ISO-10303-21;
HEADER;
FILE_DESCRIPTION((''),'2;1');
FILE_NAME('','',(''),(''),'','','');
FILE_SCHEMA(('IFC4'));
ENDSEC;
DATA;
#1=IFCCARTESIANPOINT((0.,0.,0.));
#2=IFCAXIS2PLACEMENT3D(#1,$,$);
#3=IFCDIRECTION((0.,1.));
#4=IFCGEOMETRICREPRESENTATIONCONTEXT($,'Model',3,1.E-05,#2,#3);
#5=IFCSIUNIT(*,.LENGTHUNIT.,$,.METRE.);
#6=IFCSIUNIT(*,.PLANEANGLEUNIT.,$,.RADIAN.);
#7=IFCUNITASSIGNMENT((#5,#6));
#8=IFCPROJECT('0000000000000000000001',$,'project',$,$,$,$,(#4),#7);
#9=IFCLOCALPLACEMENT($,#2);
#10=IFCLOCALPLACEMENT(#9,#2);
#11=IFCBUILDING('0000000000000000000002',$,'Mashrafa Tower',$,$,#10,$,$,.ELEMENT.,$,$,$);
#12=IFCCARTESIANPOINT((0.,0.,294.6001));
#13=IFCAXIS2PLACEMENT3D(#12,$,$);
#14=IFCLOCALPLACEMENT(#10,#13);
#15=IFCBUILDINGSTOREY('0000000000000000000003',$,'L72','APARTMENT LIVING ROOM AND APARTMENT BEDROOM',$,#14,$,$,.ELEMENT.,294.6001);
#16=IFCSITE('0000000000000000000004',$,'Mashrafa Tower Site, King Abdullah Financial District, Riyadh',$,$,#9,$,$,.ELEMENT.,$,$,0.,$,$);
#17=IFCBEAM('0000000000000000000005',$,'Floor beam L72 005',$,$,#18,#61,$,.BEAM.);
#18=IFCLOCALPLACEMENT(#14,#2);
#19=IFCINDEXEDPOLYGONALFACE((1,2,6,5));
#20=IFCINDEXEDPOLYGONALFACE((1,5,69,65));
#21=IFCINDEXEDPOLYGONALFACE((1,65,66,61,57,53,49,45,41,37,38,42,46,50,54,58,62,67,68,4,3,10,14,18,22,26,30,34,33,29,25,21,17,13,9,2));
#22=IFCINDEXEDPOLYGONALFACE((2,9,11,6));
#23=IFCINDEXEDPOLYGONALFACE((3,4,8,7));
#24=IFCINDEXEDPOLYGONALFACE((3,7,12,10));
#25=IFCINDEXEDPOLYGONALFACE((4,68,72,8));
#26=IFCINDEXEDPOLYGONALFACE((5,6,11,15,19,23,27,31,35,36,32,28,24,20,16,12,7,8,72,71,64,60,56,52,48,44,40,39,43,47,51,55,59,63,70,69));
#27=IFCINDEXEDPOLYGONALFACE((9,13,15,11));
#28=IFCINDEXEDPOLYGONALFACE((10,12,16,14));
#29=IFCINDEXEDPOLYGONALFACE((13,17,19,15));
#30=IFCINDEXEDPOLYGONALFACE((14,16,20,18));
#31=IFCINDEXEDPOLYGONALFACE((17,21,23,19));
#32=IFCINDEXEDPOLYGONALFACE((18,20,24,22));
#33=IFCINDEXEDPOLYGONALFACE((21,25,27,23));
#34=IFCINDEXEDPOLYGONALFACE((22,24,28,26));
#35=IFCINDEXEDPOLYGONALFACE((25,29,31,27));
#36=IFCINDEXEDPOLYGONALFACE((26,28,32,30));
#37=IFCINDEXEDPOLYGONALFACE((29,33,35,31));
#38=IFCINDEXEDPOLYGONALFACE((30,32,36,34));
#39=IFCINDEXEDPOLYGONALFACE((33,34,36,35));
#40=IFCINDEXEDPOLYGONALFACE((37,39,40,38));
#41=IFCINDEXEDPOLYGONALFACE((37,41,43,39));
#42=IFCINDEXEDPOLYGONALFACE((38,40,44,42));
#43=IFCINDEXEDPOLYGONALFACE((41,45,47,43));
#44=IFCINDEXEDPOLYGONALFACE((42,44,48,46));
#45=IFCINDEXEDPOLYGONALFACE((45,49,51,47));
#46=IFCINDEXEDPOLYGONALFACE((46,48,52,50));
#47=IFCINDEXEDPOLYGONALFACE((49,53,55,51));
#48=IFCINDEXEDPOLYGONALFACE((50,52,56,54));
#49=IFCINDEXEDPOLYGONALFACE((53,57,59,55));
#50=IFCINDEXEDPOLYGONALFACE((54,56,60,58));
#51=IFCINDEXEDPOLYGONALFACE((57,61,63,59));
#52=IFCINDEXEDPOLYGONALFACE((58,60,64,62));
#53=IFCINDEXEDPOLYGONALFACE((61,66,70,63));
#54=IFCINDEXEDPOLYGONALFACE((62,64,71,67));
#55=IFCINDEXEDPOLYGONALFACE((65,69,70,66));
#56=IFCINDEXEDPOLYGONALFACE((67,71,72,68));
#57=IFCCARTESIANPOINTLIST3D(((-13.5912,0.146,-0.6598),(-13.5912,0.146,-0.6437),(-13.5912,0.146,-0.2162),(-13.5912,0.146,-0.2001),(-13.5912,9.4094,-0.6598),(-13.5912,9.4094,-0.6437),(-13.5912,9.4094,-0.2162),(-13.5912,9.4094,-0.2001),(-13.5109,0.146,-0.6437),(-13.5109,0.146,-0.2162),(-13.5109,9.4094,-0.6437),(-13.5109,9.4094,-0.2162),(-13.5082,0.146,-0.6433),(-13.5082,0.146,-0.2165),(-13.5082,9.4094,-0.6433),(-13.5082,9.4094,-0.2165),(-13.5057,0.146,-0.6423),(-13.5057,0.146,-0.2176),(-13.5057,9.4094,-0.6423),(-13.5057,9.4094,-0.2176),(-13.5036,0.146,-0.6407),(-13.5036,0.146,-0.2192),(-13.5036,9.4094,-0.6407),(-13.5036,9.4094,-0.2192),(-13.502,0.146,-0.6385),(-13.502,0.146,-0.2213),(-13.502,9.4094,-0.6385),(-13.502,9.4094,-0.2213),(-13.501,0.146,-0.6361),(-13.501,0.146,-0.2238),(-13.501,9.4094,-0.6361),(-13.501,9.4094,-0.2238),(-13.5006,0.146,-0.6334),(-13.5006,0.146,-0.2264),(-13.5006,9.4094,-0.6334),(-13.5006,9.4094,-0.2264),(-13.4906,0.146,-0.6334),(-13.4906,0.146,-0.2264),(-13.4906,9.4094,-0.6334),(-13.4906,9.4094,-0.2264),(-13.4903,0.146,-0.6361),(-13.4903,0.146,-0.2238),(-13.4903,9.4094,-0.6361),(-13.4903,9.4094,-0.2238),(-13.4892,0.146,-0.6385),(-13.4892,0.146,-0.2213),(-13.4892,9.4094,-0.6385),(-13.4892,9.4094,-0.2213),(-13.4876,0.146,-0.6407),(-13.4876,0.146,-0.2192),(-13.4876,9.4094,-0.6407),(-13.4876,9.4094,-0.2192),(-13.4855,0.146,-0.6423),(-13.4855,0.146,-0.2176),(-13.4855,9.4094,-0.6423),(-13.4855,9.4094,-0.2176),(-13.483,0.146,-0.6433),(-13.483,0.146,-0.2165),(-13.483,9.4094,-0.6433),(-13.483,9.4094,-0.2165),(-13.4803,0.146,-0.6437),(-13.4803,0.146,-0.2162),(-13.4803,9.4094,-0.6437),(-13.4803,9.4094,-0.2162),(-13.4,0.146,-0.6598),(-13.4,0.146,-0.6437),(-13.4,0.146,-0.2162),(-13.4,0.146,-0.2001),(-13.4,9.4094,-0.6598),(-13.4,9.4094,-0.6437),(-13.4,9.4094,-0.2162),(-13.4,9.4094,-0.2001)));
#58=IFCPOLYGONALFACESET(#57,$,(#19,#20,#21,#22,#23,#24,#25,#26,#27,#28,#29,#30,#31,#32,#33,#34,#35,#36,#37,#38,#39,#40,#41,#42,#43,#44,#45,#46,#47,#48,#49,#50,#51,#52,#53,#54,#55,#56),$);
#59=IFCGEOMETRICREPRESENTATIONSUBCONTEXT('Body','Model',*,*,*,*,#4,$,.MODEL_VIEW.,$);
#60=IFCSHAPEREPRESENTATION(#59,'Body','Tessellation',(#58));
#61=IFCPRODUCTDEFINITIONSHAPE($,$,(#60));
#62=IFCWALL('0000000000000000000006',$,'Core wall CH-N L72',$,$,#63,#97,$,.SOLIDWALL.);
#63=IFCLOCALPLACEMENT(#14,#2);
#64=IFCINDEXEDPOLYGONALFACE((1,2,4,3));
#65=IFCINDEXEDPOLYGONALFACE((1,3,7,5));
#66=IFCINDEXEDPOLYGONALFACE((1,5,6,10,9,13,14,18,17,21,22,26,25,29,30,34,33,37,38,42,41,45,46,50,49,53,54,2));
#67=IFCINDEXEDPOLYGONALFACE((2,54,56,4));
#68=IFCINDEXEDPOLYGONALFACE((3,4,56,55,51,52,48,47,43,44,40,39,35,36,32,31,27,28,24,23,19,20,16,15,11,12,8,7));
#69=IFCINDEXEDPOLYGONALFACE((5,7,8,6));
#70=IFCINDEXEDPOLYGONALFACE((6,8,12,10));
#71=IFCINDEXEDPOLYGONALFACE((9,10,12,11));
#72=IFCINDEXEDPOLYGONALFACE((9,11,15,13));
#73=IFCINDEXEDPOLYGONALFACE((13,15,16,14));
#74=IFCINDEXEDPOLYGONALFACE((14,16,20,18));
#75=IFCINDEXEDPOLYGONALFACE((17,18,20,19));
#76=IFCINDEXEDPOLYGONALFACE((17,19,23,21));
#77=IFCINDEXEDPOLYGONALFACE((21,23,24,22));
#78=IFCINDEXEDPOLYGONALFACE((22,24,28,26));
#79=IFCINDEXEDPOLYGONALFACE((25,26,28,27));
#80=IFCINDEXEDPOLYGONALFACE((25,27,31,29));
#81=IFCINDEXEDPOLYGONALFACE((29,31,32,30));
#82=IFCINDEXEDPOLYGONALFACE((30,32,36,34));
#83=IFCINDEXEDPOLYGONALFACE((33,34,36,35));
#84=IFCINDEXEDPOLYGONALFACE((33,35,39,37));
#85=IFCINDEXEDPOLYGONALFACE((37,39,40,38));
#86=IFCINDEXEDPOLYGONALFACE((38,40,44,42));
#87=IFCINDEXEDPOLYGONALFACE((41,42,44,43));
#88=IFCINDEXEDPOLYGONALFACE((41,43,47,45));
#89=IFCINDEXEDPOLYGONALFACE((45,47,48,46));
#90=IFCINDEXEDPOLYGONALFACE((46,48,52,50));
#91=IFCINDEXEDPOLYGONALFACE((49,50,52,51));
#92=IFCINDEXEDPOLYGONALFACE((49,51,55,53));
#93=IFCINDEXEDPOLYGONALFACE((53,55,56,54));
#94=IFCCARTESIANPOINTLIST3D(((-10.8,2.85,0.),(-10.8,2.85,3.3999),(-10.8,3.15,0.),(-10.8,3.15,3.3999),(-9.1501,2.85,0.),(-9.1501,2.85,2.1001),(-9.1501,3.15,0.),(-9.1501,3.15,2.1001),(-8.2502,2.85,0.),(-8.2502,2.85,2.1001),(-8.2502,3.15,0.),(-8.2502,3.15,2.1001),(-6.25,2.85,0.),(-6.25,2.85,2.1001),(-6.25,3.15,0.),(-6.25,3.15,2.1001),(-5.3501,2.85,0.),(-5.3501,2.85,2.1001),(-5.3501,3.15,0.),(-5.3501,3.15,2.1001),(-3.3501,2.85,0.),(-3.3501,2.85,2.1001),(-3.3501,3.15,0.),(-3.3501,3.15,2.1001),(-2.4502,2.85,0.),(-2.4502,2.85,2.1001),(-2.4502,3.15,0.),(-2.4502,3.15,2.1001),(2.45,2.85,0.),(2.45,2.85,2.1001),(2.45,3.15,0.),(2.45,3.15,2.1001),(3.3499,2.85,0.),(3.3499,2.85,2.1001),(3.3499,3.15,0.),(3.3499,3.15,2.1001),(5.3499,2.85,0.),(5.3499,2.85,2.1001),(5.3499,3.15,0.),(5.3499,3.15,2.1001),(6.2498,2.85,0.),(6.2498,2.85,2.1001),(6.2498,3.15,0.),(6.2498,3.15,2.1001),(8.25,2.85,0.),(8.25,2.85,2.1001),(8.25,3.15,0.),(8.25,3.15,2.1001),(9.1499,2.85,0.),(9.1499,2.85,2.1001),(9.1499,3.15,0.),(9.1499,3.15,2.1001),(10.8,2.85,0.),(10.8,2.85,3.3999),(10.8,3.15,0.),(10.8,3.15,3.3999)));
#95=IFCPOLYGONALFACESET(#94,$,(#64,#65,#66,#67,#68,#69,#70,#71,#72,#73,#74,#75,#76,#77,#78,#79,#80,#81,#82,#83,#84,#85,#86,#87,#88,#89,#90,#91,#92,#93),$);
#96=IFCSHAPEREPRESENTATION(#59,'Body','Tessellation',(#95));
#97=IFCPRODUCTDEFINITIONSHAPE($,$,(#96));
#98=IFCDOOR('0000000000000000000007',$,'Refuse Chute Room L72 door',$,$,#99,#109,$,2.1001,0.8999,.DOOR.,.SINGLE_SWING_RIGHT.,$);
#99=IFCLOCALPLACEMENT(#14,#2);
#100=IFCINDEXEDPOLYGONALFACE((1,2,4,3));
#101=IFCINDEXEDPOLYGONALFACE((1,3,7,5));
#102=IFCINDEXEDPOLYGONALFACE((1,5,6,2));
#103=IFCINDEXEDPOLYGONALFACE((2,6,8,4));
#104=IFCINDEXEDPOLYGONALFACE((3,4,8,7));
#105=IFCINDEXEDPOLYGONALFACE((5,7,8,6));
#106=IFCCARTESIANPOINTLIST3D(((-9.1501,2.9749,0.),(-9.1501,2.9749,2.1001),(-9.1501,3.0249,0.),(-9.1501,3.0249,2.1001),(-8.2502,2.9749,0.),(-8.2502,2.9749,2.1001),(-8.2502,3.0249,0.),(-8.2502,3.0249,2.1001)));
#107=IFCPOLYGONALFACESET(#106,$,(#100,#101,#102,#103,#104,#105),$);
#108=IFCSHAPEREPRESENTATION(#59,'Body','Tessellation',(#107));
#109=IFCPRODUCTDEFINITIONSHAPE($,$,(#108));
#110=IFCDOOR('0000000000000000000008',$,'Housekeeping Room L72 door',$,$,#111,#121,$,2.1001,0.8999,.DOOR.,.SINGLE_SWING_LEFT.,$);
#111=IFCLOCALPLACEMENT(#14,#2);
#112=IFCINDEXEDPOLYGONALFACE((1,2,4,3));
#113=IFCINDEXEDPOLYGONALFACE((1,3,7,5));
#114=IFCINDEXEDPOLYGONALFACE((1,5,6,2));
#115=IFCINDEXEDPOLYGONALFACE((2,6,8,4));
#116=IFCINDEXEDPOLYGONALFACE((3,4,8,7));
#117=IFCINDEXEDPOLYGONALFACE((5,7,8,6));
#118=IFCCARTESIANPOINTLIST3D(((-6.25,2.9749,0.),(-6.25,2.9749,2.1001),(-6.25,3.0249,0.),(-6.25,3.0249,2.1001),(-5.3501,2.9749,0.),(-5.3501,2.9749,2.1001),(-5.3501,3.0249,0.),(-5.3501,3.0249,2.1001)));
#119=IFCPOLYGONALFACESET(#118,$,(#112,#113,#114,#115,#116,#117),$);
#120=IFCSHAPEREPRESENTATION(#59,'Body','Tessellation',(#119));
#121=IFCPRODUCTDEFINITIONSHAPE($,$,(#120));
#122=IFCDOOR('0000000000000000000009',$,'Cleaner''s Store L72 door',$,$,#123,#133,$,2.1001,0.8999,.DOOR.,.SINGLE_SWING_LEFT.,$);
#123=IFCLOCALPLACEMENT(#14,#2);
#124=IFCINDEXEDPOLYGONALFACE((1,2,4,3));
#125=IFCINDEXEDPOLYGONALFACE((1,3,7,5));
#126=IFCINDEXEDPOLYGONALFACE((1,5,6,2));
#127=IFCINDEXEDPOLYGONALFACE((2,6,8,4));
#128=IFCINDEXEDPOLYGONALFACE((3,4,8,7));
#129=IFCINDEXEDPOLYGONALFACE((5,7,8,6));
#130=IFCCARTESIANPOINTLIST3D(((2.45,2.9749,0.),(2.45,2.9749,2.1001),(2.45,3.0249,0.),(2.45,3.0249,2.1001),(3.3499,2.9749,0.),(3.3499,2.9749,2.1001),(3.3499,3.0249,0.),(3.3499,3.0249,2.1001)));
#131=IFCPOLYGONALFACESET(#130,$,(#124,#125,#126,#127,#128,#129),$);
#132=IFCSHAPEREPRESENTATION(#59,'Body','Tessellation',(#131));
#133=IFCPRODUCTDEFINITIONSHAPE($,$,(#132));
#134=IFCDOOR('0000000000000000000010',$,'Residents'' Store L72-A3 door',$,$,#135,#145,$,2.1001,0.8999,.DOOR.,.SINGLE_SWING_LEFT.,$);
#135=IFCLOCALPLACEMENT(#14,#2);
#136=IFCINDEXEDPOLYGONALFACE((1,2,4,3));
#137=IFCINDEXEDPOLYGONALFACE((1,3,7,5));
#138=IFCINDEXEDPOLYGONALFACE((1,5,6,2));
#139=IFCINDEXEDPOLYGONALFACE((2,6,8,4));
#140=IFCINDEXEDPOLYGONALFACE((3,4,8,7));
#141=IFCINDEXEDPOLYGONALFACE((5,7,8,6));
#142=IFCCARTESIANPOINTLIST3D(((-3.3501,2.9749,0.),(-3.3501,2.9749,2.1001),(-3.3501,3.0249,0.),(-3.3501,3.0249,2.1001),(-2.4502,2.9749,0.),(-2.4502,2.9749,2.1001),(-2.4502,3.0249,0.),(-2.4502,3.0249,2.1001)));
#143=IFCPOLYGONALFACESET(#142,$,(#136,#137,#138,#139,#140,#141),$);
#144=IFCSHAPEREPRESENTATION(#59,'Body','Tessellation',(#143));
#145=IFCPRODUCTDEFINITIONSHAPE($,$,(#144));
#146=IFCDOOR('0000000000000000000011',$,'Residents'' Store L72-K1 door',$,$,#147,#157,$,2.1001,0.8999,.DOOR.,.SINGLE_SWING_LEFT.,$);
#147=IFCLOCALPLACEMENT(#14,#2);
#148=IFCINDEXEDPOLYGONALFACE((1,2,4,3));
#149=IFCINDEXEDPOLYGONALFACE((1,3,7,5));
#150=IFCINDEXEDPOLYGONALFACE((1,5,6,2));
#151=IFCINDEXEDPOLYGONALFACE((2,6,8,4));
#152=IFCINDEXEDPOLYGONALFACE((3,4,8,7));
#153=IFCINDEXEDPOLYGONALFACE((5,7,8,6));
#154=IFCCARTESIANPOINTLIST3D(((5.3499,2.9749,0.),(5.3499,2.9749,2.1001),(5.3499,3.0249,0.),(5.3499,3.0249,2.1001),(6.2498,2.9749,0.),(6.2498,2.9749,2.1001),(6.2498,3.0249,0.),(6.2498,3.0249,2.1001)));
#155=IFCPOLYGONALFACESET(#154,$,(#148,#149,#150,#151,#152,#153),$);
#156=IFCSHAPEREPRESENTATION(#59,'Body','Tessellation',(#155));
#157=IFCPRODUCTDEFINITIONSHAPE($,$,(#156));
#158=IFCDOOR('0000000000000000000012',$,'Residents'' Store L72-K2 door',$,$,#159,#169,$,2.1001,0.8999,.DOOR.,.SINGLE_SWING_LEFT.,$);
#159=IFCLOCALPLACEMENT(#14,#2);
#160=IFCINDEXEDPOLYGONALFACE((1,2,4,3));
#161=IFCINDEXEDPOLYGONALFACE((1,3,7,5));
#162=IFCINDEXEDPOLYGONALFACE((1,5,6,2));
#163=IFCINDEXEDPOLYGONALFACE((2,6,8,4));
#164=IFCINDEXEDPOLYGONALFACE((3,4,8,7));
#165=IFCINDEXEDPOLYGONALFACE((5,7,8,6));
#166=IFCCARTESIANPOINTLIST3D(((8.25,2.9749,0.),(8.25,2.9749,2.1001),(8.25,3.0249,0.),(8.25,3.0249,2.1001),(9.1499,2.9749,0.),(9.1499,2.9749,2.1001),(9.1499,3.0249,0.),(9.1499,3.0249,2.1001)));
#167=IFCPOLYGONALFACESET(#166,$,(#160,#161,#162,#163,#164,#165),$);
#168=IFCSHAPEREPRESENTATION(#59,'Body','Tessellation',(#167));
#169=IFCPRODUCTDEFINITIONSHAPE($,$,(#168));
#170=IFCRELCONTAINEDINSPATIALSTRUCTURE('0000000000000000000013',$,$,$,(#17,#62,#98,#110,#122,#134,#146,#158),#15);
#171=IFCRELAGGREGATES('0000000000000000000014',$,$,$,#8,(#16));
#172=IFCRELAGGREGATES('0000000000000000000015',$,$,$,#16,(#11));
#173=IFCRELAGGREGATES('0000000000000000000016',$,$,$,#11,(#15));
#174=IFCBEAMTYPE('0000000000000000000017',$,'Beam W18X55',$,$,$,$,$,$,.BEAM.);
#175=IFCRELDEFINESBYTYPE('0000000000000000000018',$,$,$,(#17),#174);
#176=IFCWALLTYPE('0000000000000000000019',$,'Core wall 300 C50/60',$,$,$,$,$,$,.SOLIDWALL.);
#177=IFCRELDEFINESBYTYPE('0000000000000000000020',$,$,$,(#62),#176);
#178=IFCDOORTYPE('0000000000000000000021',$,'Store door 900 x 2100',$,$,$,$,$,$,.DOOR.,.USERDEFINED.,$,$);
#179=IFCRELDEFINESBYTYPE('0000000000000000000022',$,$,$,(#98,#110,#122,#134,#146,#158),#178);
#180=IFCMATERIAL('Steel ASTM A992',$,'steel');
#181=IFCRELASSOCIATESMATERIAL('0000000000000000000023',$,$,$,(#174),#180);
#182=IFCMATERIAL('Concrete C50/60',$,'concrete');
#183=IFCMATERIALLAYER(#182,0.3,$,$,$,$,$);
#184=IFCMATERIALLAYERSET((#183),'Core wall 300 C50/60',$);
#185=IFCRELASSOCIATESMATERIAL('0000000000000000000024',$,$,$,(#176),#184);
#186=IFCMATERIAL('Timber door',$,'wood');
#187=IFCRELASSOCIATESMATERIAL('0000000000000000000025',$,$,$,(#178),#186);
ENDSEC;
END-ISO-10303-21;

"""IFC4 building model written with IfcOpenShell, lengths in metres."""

from ifc_helpers import new_model, si_unit, direction, frame, frame_2d, origin, origin_2d, place, context, subcontext, project, spatial, rectangle, i_section, extrude, material, layer, layer_set, material_profile, profile_set, type_object, element, fill, save


model = new_model("IFC4")

# Units and contexts
model_context = context("Model", 3, precision=1e-05, world=origin(), true_north=direction((0.0, 1.0)))
body_context = subcontext(model_context, "Body", "Model", "MODEL_VIEW")
ifc_project = project(units=[si_unit("LENGTHUNIT", "METRE"), si_unit("PLANEANGLEUNIT", "RADIAN")], contexts=[model_context])

# Site, building, storey
site_placement = place(None, origin())
site = spatial("IfcSite", under=ifc_project, at=site_placement, Name="Mashrafa Tower Site, King Abdullah Financial District, Riyadh", CompositionType="ELEMENT", RefElevation=0.0)
building_placement = place(site_placement, origin())
building = spatial("IfcBuilding", under=site, at=building_placement, Name="Mashrafa Tower", CompositionType="ELEMENT")
storey_placement = place(building_placement, frame((0.0, 0.0, 294.6001)))
storey = spatial("IfcBuildingStorey", under=building, at=storey_placement, Name="L72", Description="APARTMENT LIVING ROOM AND APARTMENT BEDROOM", CompositionType="ELEMENT", Elevation=294.6001)

# Beam
ifc_material_1 = material(Name="Steel ASTM A992", Category="steel")
ifc_material_profile = material_profile(ifc_material_1, i_section(OverallWidth=0.1912, OverallDepth=0.4597, WebThickness=0.01, FlangeThickness=0.0161, FilletRadius=0.0103, at=origin_2d()), Name="W18X55")
ifc_profile_set = profile_set([ifc_material_profile], Name="Steel ASTM A992")
beam_type = type_object("IfcBeamType", Name="Beam W18X55", PredefinedType="BEAM", material=ifc_profile_set)
beam_placement = place(storey_placement, frame((-13.4956, 0.146, -0.4299), z_axis=(0.0, 1.0, 0.0), x_axis=(-1.0, 0.0, 0.0)))
element("IfcBeam", 1, at=beam_placement, inside=storey, type_object=beam_type, Name="Floor beam L72 005", PredefinedType="BEAM", context=body_context, shape_type="SweptSolid", body=[
    extrude(i_section(OverallWidth=0.1912, OverallDepth=0.4597, WebThickness=0.01, FlangeThickness=0.0161, FilletRadius=0.0103, at=origin_2d()), origin(), (0.0, 0.0, 1.0), 9.2634),
])

# Wall, openings, doors
ifc_material_2 = material(Name="Concrete C50/60", Category="concrete")
ifc_layer_1 = layer(ifc_material_2, 0.3)
ifc_layer_set_1 = layer_set([ifc_layer_1], Name="Core wall 300 C50/60")
wall_type_1 = type_object("IfcWallType", Name="Core wall 300 C50/60", PredefinedType="SOLIDWALL", material=ifc_layer_set_1)
wall_1_placement = place(storey_placement, frame((-10.8, 3.0, 0.0), z_axis=(0.0, 0.0, 1.0), x_axis=(1.0, 0.0, 0.0)))
wall_1 = element("IfcWall", 2, at=wall_1_placement, inside=storey, type_object=wall_type_1, Name="Core wall CH-N L72", PredefinedType="SOLIDWALL", context=body_context, shape_type="SweptSolid", body=[
    extrude(rectangle(XDim=21.6001, YDim=0.3, at=frame_2d((10.8, 0.0))), origin(), (0.0, 0.0, 1.0), 3.3999),
])
opening_1_placement = place(wall_1_placement, frame((1.6499, 0.0, 0.0)))
opening_1 = element("IfcOpeningElement", 3, at=opening_1_placement, cuts=wall_1, PredefinedType="OPENING", context=body_context, shape_type="SweptSolid", body=[
    extrude(rectangle(XDim=0.8999, YDim=2.1001, at=frame_2d((0.45, 1.05))), frame((0.0, 0.1599, 0.0), z_axis=(0.0, -1.0, 0.0), x_axis=(1.0, 0.0, 0.0)), (0.0, 0.0, 1.0), 0.3201),
])
opening_2_placement = place(wall_1_placement, frame((4.55, 0.0, 0.0)))
opening_2 = element("IfcOpeningElement", 4, at=opening_2_placement, cuts=wall_1, PredefinedType="OPENING", context=body_context, shape_type="SweptSolid", body=[
    extrude(rectangle(XDim=0.8999, YDim=2.1001, at=frame_2d((0.45, 1.05))), frame((0.0, 0.1599, 0.0), z_axis=(0.0, -1.0, 0.0), x_axis=(1.0, 0.0, 0.0)), (0.0, 0.0, 1.0), 0.3201),
])
opening_3_placement = place(wall_1_placement, frame((13.25, 0.0, 0.0)))
opening_3 = element("IfcOpeningElement", 5, at=opening_3_placement, cuts=wall_1, PredefinedType="OPENING", context=body_context, shape_type="SweptSolid", body=[
    extrude(rectangle(XDim=0.8999, YDim=2.1001, at=frame_2d((0.45, 1.05))), frame((0.0, 0.1599, 0.0), z_axis=(0.0, -1.0, 0.0), x_axis=(1.0, 0.0, 0.0)), (0.0, 0.0, 1.0), 0.3201),
])
opening_4_placement = place(wall_1_placement, frame((7.45, 0.0, 0.0)))
opening_4 = element("IfcOpeningElement", 6, at=opening_4_placement, cuts=wall_1, PredefinedType="OPENING", context=body_context, shape_type="SweptSolid", body=[
    extrude(rectangle(XDim=0.8999, YDim=2.1001, at=frame_2d((0.45, 1.05))), frame((0.0, 0.1599, 0.0), z_axis=(0.0, -1.0, 0.0), x_axis=(1.0, 0.0, 0.0)), (0.0, 0.0, 1.0), 0.3201),
])
opening_5_placement = place(wall_1_placement, frame((16.1499, 0.0, 0.0)))
opening_5 = element("IfcOpeningElement", 7, at=opening_5_placement, cuts=wall_1, PredefinedType="OPENING", context=body_context, shape_type="SweptSolid", body=[
    extrude(rectangle(XDim=0.8999, YDim=2.1001, at=frame_2d((0.45, 1.05))), frame((0.0, 0.1599, 0.0), z_axis=(0.0, -1.0, 0.0), x_axis=(1.0, 0.0, 0.0)), (0.0, 0.0, 1.0), 0.3201),
])
opening_6_placement = place(wall_1_placement, frame((19.05, 0.0, 0.0)))
opening_6 = element("IfcOpeningElement", 8, at=opening_6_placement, cuts=wall_1, PredefinedType="OPENING", context=body_context, shape_type="SweptSolid", body=[
    extrude(rectangle(XDim=0.8999, YDim=2.1001, at=frame_2d((0.45, 1.05))), frame((0.0, 0.1599, 0.0), z_axis=(0.0, -1.0, 0.0), x_axis=(1.0, 0.0, 0.0)), (0.0, 0.0, 1.0), 0.3201),
])
ifc_material_3 = material(Name="Timber door", Category="wood")
door_type_1 = type_object("IfcDoorType", Name="Store door 900 x 2100", OperationType="USERDEFINED", PredefinedType="DOOR", material=ifc_material_3)
door_1_placement = place(opening_1_placement, origin())
door_1 = element("IfcDoor", 9, at=door_1_placement, inside=storey, type_object=door_type_1, Name="Refuse Chute Room L72 door", OperationType="SINGLE_SWING_RIGHT", OverallHeight=2.1001, OverallWidth=0.8999, PredefinedType="DOOR", context=body_context, shape_type="SweptSolid", body=[
    extrude(rectangle(XDim=0.8999, YDim=2.1001, at=frame_2d((0.45, 1.05))), frame((0.0, 0.0249, 0.0), z_axis=(0.0, -1.0, 0.0), x_axis=(1.0, 0.0, 0.0)), (0.0, 0.0, 1.0), 0.05),
])
fill(opening_1, door_1)
door_2_placement = place(opening_2_placement, origin())
door_2 = element("IfcDoor", 10, at=door_2_placement, inside=storey, type_object=door_type_1, Name="Housekeeping Room L72 door", OperationType="SINGLE_SWING_LEFT", OverallHeight=2.1001, OverallWidth=0.8999, PredefinedType="DOOR", context=body_context, shape_type="SweptSolid", body=[
    extrude(rectangle(XDim=0.8999, YDim=2.1001, at=frame_2d((0.45, 1.05))), frame((0.0, 0.0249, 0.0), z_axis=(0.0, -1.0, 0.0), x_axis=(1.0, 0.0, 0.0)), (0.0, 0.0, 1.0), 0.05),
])
fill(opening_2, door_2)
door_3_placement = place(opening_3_placement, origin())
door_3 = element("IfcDoor", 11, at=door_3_placement, inside=storey, type_object=door_type_1, Name="Cleaner's Store L72 door", OperationType="SINGLE_SWING_LEFT", OverallHeight=2.1001, OverallWidth=0.8999, PredefinedType="DOOR", context=body_context, shape_type="SweptSolid", body=[
    extrude(rectangle(XDim=0.8999, YDim=2.1001, at=frame_2d((0.45, 1.05))), frame((0.0, 0.0249, 0.0), z_axis=(0.0, -1.0, 0.0), x_axis=(1.0, 0.0, 0.0)), (0.0, 0.0, 1.0), 0.05),
])
fill(opening_3, door_3)
door_4_placement = place(opening_4_placement, origin())
door_4 = element("IfcDoor", 12, at=door_4_placement, inside=storey, type_object=door_type_1, Name="Residents' Store L72-A3 door", OperationType="SINGLE_SWING_LEFT", OverallHeight=2.1001, OverallWidth=0.8999, PredefinedType="DOOR", context=body_context, shape_type="SweptSolid", body=[
    extrude(rectangle(XDim=0.8999, YDim=2.1001, at=frame_2d((0.45, 1.05))), frame((0.0, 0.0249, 0.0), z_axis=(0.0, -1.0, 0.0), x_axis=(1.0, 0.0, 0.0)), (0.0, 0.0, 1.0), 0.05),
])
fill(opening_4, door_4)
door_5_placement = place(opening_5_placement, origin())
door_5 = element("IfcDoor", 13, at=door_5_placement, inside=storey, type_object=door_type_1, Name="Residents' Store L72-K1 door", OperationType="SINGLE_SWING_LEFT", OverallHeight=2.1001, OverallWidth=0.8999, PredefinedType="DOOR", context=body_context, shape_type="SweptSolid", body=[
    extrude(rectangle(XDim=0.8999, YDim=2.1001, at=frame_2d((0.45, 1.05))), frame((0.0, 0.0249, 0.0), z_axis=(0.0, -1.0, 0.0), x_axis=(1.0, 0.0, 0.0)), (0.0, 0.0, 1.0), 0.05),
])
fill(opening_5, door_5)
door_6_placement = place(opening_6_placement, origin())
door_6 = element("IfcDoor", 14, at=door_6_placement, inside=storey, type_object=door_type_1, Name="Residents' Store L72-K2 door", OperationType="SINGLE_SWING_LEFT", OverallHeight=2.1001, OverallWidth=0.8999, PredefinedType="DOOR", context=body_context, shape_type="SweptSolid", body=[
    extrude(rectangle(XDim=0.8999, YDim=2.1001, at=frame_2d((0.45, 1.05))), frame((0.0, 0.0249, 0.0), z_axis=(0.0, -1.0, 0.0), x_axis=(1.0, 0.0, 0.0)), (0.0, 0.0, 1.0), 0.05),
])
fill(opening_6, door_6)

save(model, "model.ifc")
